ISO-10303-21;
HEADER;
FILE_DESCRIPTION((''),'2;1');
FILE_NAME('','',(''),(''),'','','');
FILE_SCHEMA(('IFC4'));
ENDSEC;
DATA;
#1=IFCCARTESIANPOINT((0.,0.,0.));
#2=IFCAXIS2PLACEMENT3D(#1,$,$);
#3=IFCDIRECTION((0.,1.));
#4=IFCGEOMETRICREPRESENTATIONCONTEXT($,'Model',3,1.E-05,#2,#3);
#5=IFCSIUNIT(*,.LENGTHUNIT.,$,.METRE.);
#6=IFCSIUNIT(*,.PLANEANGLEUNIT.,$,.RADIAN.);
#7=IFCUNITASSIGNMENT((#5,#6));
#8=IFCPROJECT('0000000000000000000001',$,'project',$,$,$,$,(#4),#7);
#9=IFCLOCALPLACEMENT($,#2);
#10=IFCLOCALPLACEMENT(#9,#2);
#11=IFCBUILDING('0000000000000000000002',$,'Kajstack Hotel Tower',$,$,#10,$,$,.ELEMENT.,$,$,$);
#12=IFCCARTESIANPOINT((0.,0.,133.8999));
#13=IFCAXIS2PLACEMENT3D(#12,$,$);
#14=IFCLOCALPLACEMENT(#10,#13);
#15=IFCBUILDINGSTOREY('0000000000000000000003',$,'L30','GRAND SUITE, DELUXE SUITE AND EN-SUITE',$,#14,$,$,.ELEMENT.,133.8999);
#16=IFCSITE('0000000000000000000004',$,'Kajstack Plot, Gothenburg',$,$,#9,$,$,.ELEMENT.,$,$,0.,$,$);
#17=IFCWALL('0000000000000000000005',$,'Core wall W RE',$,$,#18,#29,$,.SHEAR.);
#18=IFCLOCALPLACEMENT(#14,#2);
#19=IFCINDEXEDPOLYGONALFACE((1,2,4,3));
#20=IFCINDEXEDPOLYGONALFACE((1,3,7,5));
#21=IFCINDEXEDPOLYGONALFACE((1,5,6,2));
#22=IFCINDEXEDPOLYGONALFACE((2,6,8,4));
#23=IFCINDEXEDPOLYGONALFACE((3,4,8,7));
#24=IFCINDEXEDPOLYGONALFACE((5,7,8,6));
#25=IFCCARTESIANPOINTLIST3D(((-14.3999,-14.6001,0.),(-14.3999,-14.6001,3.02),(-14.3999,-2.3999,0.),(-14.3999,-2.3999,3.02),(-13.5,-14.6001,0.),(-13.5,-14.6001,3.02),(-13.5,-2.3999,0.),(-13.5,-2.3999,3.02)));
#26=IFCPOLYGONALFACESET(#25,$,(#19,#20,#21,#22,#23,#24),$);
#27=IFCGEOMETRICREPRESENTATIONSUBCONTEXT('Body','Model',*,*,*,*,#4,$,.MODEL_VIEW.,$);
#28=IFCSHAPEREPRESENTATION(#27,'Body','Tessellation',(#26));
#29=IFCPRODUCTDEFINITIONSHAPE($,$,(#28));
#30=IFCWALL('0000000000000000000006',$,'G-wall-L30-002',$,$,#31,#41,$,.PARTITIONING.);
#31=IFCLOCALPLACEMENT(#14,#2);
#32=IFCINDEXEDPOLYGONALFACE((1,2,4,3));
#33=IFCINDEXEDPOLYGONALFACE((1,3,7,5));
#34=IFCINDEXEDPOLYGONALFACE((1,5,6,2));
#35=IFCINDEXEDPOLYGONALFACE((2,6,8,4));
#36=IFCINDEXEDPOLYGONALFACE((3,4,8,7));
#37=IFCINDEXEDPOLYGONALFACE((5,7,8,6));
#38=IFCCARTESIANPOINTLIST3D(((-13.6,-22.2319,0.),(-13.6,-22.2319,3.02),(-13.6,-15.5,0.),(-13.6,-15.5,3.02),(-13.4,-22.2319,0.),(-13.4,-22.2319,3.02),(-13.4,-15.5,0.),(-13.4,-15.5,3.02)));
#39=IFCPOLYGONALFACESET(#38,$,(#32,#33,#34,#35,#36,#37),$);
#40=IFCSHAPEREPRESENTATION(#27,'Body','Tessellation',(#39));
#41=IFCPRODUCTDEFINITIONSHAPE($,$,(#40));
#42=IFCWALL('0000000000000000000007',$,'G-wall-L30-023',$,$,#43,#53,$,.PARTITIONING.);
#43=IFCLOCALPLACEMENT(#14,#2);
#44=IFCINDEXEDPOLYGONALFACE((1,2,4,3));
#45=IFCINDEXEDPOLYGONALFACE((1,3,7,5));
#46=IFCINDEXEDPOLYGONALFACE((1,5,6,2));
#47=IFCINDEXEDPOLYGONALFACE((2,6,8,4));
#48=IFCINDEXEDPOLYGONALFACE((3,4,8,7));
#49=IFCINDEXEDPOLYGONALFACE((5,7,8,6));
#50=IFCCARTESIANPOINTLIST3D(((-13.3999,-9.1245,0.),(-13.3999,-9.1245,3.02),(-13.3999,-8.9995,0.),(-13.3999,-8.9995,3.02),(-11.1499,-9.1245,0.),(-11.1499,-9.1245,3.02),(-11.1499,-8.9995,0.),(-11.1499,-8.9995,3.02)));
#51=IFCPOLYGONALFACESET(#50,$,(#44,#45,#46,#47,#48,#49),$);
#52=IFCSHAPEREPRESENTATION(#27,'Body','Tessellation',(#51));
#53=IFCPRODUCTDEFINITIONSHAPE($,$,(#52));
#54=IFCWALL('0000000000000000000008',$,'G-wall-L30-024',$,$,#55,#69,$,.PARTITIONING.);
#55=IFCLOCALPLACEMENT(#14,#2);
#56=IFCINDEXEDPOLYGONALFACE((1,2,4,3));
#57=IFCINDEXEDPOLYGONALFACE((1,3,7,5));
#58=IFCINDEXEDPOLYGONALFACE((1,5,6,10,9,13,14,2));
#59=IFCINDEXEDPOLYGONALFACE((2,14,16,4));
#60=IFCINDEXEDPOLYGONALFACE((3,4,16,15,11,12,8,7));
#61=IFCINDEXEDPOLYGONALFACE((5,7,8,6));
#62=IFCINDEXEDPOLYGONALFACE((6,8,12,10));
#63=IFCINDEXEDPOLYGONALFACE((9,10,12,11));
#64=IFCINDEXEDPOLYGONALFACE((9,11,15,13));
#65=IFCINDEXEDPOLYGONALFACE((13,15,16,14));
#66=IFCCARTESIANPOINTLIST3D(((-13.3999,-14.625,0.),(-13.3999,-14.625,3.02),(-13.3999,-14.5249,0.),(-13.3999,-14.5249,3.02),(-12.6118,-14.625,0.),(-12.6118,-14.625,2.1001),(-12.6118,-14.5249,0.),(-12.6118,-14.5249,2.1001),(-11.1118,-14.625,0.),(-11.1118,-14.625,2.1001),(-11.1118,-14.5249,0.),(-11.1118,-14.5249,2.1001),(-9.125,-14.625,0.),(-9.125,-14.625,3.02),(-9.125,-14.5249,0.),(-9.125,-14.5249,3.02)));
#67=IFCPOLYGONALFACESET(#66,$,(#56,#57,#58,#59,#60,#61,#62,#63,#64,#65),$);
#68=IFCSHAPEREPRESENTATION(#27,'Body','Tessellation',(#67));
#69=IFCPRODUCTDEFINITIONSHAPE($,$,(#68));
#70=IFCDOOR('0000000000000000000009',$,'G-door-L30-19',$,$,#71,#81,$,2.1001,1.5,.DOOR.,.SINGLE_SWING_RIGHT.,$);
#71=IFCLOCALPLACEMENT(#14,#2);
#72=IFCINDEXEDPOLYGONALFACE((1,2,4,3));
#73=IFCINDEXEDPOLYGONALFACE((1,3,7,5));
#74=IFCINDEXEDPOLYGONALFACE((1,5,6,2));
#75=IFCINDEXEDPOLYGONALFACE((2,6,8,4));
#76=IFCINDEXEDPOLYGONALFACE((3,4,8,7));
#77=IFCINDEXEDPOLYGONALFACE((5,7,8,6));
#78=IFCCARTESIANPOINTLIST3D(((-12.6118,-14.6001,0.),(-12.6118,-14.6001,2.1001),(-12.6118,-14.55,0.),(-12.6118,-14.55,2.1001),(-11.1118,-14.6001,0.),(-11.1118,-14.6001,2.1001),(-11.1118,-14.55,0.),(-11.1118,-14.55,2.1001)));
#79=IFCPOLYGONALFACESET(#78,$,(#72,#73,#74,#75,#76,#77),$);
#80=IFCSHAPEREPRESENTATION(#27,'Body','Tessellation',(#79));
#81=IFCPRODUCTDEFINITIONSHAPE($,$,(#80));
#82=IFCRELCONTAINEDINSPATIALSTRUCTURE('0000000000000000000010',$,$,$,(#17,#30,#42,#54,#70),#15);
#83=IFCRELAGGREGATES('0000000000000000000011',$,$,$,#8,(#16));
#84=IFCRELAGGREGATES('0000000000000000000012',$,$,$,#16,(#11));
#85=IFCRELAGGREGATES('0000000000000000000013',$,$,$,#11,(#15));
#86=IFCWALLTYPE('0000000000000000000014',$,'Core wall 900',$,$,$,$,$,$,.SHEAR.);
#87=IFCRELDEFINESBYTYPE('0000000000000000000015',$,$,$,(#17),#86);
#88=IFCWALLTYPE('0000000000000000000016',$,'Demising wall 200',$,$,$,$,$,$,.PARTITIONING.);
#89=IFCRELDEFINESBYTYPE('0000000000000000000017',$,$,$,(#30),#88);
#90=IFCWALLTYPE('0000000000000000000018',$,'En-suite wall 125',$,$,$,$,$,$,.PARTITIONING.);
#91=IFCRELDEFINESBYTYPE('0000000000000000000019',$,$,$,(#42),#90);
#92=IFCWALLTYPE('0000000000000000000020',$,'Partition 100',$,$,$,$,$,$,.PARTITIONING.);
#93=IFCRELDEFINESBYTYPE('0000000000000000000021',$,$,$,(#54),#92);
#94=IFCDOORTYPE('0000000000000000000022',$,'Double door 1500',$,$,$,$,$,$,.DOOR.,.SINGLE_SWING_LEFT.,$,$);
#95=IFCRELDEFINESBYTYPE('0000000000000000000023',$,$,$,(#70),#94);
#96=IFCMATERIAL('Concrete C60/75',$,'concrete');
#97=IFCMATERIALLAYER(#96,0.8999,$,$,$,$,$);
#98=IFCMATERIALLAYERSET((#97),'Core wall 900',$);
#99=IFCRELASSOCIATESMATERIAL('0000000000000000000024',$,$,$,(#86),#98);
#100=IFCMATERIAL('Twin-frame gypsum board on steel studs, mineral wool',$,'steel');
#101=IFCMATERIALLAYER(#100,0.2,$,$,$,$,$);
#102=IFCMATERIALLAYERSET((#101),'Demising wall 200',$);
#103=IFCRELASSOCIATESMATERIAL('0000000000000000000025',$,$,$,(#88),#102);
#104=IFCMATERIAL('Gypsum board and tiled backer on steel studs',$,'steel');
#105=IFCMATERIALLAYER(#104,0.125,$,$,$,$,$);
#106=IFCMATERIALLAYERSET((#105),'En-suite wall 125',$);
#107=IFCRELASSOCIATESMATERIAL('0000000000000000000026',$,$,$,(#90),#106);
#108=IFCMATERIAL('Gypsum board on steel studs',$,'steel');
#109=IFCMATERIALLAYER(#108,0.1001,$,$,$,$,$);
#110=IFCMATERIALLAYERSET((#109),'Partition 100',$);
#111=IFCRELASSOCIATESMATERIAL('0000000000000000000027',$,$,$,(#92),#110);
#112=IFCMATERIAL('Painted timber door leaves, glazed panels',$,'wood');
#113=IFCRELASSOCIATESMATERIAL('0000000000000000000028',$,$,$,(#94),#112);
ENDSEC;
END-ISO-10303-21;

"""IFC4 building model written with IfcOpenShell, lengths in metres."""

from ifc_helpers import new_model, si_unit, direction, frame, frame_2d, origin, place, context, subcontext, project, spatial, rectangle, extrude, material, layer, layer_set, type_object, element, fill, save


model = new_model("IFC4")

# Units and contexts
model_context = context("Model", 3, precision=1e-05, world=origin(), true_north=direction((0.0, 1.0)))
body_context = subcontext(model_context, "Body", "Model", "MODEL_VIEW")
ifc_project = project(units=[si_unit("LENGTHUNIT", "METRE"), si_unit("PLANEANGLEUNIT", "RADIAN")], contexts=[model_context])

# Site, building, storey
site_placement = place(None, origin())
site = spatial("IfcSite", under=ifc_project, at=site_placement, Name="Kajstack Plot, Gothenburg", CompositionType="ELEMENT", RefElevation=0.0)
building_placement = place(site_placement, origin())
building = spatial("IfcBuilding", under=site, at=building_placement, Name="Kajstack Hotel Tower", CompositionType="ELEMENT")
storey_placement = place(building_placement, frame((0.0, 0.0, 133.8999)))
storey = spatial("IfcBuildingStorey", under=building, at=storey_placement, Name="L30", Description="GRAND SUITE, DELUXE SUITE AND EN-SUITE", CompositionType="ELEMENT", Elevation=133.8999)

# Walls
ifc_material_1 = material(Name="Concrete C60/75", Category="concrete")
ifc_layer_1 = layer(ifc_material_1, 0.8999)
ifc_layer_set_1 = layer_set([ifc_layer_1], Name="Core wall 900")
wall_type_1 = type_object("IfcWallType", Name="Core wall 900", PredefinedType="SHEAR", material=ifc_layer_set_1)
wall_1_placement = place(storey_placement, frame((-13.95, -14.6001, 0.0), z_axis=(0.0, 0.0, 1.0), x_axis=(0.0, 1.0, 0.0)))
element("IfcWall", 1, at=wall_1_placement, inside=storey, type_object=wall_type_1, Name="Core wall W RE", PredefinedType="SHEAR", context=body_context, shape_type="SweptSolid", body=[
    extrude(rectangle(XDim=12.2002, YDim=0.8999, at=frame_2d((6.1001, 0.0))), origin(), (0.0, 0.0, 1.0), 3.02),
])
ifc_material_2 = material(Name="Twin-frame gypsum board on steel studs, mineral wool", Category="steel")
ifc_layer_2 = layer(ifc_material_2, 0.2)
ifc_layer_set_2 = layer_set([ifc_layer_2], Name="Demising wall 200")
wall_type_2 = type_object("IfcWallType", Name="Demising wall 200", PredefinedType="PARTITIONING", material=ifc_layer_set_2)
wall_2_placement = place(storey_placement, frame((-13.5, -22.2319, 0.0), z_axis=(0.0, 0.0, 1.0), x_axis=(0.0, 1.0, 0.0)))
element("IfcWall", 2, at=wall_2_placement, inside=storey, type_object=wall_type_2, Name="G-wall-L30-002", PredefinedType="PARTITIONING", context=body_context, shape_type="SweptSolid", body=[
    extrude(rectangle(XDim=6.7319, YDim=0.2, at=frame_2d((3.366, 0.0))), origin(), (0.0, 0.0, 1.0), 3.02),
])

# Wall
ifc_material_3 = material(Name="Gypsum board and tiled backer on steel studs", Category="steel")
ifc_layer_3 = layer(ifc_material_3, 0.125)
ifc_layer_set_3 = layer_set([ifc_layer_3], Name="En-suite wall 125")
wall_type_3 = type_object("IfcWallType", Name="En-suite wall 125", PredefinedType="PARTITIONING", material=ifc_layer_set_3)
wall_3_placement = place(storey_placement, frame((-13.3999, -9.062, 0.0), z_axis=(0.0, 0.0, 1.0), x_axis=(1.0, 0.0, 0.0)))
element("IfcWall", 3, at=wall_3_placement, inside=storey, type_object=wall_type_3, Name="G-wall-L30-023", PredefinedType="PARTITIONING", context=body_context, shape_type="SweptSolid", body=[
    extrude(rectangle(XDim=2.25, YDim=0.125, at=frame_2d((1.125, 0.0))), origin(), (0.0, 0.0, 1.0), 3.02),
])

# Wall, opening, door
ifc_material_4 = material(Name="Gypsum board on steel studs", Category="steel")
ifc_layer_4 = layer(ifc_material_4, 0.1001)
ifc_layer_set_4 = layer_set([ifc_layer_4], Name="Partition 100")
wall_type_4 = type_object("IfcWallType", Name="Partition 100", PredefinedType="PARTITIONING", material=ifc_layer_set_4)
wall_4_placement = place(storey_placement, frame((-13.3999, -14.575, 0.0), z_axis=(0.0, 0.0, 1.0), x_axis=(1.0, 0.0, 0.0)))
wall_4 = element("IfcWall", 4, at=wall_4_placement, inside=storey, type_object=wall_type_4, Name="G-wall-L30-024", PredefinedType="PARTITIONING", context=body_context, shape_type="SweptSolid", body=[
    extrude(rectangle(XDim=4.2749, YDim=0.1001, at=frame_2d((2.1375, 0.0))), origin(), (0.0, 0.0, 1.0), 3.02),
])
opening_1_placement = place(wall_4_placement, frame((0.7881, 0.0, 0.0)))
opening_1 = element("IfcOpeningElement", 5, at=opening_1_placement, cuts=wall_4, PredefinedType="OPENING", context=body_context, shape_type="SweptSolid", body=[
    extrude(rectangle(XDim=1.5, YDim=2.1001, at=frame_2d((0.75, 1.05))), frame((0.0, 0.0601, 0.0), z_axis=(0.0, -1.0, 0.0), x_axis=(1.0, 0.0, 0.0)), (0.0, 0.0, 1.0), 0.1201),
])
ifc_material_5 = material(Name="Painted timber door leaves, glazed panels", Category="wood")
door_type = type_object("IfcDoorType", Name="Double door 1500", OperationType="SINGLE_SWING_LEFT", PredefinedType="DOOR", material=ifc_material_5)
door_placement = place(opening_1_placement, origin())
door = element("IfcDoor", 6, at=door_placement, inside=storey, type_object=door_type, Name="G-door-L30-19", OperationType="SINGLE_SWING_RIGHT", OverallHeight=2.1001, OverallWidth=1.5, PredefinedType="DOOR", context=body_context, shape_type="SweptSolid", body=[
    extrude(rectangle(XDim=1.5, YDim=2.1001, at=frame_2d((0.75, 1.05))), frame((0.0, 0.0249, 0.0), z_axis=(0.0, -1.0, 0.0), x_axis=(1.0, 0.0, 0.0)), (0.0, 0.0, 1.0), 0.05),
])
fill(opening_1, door)

save(model, "model.ifc")
